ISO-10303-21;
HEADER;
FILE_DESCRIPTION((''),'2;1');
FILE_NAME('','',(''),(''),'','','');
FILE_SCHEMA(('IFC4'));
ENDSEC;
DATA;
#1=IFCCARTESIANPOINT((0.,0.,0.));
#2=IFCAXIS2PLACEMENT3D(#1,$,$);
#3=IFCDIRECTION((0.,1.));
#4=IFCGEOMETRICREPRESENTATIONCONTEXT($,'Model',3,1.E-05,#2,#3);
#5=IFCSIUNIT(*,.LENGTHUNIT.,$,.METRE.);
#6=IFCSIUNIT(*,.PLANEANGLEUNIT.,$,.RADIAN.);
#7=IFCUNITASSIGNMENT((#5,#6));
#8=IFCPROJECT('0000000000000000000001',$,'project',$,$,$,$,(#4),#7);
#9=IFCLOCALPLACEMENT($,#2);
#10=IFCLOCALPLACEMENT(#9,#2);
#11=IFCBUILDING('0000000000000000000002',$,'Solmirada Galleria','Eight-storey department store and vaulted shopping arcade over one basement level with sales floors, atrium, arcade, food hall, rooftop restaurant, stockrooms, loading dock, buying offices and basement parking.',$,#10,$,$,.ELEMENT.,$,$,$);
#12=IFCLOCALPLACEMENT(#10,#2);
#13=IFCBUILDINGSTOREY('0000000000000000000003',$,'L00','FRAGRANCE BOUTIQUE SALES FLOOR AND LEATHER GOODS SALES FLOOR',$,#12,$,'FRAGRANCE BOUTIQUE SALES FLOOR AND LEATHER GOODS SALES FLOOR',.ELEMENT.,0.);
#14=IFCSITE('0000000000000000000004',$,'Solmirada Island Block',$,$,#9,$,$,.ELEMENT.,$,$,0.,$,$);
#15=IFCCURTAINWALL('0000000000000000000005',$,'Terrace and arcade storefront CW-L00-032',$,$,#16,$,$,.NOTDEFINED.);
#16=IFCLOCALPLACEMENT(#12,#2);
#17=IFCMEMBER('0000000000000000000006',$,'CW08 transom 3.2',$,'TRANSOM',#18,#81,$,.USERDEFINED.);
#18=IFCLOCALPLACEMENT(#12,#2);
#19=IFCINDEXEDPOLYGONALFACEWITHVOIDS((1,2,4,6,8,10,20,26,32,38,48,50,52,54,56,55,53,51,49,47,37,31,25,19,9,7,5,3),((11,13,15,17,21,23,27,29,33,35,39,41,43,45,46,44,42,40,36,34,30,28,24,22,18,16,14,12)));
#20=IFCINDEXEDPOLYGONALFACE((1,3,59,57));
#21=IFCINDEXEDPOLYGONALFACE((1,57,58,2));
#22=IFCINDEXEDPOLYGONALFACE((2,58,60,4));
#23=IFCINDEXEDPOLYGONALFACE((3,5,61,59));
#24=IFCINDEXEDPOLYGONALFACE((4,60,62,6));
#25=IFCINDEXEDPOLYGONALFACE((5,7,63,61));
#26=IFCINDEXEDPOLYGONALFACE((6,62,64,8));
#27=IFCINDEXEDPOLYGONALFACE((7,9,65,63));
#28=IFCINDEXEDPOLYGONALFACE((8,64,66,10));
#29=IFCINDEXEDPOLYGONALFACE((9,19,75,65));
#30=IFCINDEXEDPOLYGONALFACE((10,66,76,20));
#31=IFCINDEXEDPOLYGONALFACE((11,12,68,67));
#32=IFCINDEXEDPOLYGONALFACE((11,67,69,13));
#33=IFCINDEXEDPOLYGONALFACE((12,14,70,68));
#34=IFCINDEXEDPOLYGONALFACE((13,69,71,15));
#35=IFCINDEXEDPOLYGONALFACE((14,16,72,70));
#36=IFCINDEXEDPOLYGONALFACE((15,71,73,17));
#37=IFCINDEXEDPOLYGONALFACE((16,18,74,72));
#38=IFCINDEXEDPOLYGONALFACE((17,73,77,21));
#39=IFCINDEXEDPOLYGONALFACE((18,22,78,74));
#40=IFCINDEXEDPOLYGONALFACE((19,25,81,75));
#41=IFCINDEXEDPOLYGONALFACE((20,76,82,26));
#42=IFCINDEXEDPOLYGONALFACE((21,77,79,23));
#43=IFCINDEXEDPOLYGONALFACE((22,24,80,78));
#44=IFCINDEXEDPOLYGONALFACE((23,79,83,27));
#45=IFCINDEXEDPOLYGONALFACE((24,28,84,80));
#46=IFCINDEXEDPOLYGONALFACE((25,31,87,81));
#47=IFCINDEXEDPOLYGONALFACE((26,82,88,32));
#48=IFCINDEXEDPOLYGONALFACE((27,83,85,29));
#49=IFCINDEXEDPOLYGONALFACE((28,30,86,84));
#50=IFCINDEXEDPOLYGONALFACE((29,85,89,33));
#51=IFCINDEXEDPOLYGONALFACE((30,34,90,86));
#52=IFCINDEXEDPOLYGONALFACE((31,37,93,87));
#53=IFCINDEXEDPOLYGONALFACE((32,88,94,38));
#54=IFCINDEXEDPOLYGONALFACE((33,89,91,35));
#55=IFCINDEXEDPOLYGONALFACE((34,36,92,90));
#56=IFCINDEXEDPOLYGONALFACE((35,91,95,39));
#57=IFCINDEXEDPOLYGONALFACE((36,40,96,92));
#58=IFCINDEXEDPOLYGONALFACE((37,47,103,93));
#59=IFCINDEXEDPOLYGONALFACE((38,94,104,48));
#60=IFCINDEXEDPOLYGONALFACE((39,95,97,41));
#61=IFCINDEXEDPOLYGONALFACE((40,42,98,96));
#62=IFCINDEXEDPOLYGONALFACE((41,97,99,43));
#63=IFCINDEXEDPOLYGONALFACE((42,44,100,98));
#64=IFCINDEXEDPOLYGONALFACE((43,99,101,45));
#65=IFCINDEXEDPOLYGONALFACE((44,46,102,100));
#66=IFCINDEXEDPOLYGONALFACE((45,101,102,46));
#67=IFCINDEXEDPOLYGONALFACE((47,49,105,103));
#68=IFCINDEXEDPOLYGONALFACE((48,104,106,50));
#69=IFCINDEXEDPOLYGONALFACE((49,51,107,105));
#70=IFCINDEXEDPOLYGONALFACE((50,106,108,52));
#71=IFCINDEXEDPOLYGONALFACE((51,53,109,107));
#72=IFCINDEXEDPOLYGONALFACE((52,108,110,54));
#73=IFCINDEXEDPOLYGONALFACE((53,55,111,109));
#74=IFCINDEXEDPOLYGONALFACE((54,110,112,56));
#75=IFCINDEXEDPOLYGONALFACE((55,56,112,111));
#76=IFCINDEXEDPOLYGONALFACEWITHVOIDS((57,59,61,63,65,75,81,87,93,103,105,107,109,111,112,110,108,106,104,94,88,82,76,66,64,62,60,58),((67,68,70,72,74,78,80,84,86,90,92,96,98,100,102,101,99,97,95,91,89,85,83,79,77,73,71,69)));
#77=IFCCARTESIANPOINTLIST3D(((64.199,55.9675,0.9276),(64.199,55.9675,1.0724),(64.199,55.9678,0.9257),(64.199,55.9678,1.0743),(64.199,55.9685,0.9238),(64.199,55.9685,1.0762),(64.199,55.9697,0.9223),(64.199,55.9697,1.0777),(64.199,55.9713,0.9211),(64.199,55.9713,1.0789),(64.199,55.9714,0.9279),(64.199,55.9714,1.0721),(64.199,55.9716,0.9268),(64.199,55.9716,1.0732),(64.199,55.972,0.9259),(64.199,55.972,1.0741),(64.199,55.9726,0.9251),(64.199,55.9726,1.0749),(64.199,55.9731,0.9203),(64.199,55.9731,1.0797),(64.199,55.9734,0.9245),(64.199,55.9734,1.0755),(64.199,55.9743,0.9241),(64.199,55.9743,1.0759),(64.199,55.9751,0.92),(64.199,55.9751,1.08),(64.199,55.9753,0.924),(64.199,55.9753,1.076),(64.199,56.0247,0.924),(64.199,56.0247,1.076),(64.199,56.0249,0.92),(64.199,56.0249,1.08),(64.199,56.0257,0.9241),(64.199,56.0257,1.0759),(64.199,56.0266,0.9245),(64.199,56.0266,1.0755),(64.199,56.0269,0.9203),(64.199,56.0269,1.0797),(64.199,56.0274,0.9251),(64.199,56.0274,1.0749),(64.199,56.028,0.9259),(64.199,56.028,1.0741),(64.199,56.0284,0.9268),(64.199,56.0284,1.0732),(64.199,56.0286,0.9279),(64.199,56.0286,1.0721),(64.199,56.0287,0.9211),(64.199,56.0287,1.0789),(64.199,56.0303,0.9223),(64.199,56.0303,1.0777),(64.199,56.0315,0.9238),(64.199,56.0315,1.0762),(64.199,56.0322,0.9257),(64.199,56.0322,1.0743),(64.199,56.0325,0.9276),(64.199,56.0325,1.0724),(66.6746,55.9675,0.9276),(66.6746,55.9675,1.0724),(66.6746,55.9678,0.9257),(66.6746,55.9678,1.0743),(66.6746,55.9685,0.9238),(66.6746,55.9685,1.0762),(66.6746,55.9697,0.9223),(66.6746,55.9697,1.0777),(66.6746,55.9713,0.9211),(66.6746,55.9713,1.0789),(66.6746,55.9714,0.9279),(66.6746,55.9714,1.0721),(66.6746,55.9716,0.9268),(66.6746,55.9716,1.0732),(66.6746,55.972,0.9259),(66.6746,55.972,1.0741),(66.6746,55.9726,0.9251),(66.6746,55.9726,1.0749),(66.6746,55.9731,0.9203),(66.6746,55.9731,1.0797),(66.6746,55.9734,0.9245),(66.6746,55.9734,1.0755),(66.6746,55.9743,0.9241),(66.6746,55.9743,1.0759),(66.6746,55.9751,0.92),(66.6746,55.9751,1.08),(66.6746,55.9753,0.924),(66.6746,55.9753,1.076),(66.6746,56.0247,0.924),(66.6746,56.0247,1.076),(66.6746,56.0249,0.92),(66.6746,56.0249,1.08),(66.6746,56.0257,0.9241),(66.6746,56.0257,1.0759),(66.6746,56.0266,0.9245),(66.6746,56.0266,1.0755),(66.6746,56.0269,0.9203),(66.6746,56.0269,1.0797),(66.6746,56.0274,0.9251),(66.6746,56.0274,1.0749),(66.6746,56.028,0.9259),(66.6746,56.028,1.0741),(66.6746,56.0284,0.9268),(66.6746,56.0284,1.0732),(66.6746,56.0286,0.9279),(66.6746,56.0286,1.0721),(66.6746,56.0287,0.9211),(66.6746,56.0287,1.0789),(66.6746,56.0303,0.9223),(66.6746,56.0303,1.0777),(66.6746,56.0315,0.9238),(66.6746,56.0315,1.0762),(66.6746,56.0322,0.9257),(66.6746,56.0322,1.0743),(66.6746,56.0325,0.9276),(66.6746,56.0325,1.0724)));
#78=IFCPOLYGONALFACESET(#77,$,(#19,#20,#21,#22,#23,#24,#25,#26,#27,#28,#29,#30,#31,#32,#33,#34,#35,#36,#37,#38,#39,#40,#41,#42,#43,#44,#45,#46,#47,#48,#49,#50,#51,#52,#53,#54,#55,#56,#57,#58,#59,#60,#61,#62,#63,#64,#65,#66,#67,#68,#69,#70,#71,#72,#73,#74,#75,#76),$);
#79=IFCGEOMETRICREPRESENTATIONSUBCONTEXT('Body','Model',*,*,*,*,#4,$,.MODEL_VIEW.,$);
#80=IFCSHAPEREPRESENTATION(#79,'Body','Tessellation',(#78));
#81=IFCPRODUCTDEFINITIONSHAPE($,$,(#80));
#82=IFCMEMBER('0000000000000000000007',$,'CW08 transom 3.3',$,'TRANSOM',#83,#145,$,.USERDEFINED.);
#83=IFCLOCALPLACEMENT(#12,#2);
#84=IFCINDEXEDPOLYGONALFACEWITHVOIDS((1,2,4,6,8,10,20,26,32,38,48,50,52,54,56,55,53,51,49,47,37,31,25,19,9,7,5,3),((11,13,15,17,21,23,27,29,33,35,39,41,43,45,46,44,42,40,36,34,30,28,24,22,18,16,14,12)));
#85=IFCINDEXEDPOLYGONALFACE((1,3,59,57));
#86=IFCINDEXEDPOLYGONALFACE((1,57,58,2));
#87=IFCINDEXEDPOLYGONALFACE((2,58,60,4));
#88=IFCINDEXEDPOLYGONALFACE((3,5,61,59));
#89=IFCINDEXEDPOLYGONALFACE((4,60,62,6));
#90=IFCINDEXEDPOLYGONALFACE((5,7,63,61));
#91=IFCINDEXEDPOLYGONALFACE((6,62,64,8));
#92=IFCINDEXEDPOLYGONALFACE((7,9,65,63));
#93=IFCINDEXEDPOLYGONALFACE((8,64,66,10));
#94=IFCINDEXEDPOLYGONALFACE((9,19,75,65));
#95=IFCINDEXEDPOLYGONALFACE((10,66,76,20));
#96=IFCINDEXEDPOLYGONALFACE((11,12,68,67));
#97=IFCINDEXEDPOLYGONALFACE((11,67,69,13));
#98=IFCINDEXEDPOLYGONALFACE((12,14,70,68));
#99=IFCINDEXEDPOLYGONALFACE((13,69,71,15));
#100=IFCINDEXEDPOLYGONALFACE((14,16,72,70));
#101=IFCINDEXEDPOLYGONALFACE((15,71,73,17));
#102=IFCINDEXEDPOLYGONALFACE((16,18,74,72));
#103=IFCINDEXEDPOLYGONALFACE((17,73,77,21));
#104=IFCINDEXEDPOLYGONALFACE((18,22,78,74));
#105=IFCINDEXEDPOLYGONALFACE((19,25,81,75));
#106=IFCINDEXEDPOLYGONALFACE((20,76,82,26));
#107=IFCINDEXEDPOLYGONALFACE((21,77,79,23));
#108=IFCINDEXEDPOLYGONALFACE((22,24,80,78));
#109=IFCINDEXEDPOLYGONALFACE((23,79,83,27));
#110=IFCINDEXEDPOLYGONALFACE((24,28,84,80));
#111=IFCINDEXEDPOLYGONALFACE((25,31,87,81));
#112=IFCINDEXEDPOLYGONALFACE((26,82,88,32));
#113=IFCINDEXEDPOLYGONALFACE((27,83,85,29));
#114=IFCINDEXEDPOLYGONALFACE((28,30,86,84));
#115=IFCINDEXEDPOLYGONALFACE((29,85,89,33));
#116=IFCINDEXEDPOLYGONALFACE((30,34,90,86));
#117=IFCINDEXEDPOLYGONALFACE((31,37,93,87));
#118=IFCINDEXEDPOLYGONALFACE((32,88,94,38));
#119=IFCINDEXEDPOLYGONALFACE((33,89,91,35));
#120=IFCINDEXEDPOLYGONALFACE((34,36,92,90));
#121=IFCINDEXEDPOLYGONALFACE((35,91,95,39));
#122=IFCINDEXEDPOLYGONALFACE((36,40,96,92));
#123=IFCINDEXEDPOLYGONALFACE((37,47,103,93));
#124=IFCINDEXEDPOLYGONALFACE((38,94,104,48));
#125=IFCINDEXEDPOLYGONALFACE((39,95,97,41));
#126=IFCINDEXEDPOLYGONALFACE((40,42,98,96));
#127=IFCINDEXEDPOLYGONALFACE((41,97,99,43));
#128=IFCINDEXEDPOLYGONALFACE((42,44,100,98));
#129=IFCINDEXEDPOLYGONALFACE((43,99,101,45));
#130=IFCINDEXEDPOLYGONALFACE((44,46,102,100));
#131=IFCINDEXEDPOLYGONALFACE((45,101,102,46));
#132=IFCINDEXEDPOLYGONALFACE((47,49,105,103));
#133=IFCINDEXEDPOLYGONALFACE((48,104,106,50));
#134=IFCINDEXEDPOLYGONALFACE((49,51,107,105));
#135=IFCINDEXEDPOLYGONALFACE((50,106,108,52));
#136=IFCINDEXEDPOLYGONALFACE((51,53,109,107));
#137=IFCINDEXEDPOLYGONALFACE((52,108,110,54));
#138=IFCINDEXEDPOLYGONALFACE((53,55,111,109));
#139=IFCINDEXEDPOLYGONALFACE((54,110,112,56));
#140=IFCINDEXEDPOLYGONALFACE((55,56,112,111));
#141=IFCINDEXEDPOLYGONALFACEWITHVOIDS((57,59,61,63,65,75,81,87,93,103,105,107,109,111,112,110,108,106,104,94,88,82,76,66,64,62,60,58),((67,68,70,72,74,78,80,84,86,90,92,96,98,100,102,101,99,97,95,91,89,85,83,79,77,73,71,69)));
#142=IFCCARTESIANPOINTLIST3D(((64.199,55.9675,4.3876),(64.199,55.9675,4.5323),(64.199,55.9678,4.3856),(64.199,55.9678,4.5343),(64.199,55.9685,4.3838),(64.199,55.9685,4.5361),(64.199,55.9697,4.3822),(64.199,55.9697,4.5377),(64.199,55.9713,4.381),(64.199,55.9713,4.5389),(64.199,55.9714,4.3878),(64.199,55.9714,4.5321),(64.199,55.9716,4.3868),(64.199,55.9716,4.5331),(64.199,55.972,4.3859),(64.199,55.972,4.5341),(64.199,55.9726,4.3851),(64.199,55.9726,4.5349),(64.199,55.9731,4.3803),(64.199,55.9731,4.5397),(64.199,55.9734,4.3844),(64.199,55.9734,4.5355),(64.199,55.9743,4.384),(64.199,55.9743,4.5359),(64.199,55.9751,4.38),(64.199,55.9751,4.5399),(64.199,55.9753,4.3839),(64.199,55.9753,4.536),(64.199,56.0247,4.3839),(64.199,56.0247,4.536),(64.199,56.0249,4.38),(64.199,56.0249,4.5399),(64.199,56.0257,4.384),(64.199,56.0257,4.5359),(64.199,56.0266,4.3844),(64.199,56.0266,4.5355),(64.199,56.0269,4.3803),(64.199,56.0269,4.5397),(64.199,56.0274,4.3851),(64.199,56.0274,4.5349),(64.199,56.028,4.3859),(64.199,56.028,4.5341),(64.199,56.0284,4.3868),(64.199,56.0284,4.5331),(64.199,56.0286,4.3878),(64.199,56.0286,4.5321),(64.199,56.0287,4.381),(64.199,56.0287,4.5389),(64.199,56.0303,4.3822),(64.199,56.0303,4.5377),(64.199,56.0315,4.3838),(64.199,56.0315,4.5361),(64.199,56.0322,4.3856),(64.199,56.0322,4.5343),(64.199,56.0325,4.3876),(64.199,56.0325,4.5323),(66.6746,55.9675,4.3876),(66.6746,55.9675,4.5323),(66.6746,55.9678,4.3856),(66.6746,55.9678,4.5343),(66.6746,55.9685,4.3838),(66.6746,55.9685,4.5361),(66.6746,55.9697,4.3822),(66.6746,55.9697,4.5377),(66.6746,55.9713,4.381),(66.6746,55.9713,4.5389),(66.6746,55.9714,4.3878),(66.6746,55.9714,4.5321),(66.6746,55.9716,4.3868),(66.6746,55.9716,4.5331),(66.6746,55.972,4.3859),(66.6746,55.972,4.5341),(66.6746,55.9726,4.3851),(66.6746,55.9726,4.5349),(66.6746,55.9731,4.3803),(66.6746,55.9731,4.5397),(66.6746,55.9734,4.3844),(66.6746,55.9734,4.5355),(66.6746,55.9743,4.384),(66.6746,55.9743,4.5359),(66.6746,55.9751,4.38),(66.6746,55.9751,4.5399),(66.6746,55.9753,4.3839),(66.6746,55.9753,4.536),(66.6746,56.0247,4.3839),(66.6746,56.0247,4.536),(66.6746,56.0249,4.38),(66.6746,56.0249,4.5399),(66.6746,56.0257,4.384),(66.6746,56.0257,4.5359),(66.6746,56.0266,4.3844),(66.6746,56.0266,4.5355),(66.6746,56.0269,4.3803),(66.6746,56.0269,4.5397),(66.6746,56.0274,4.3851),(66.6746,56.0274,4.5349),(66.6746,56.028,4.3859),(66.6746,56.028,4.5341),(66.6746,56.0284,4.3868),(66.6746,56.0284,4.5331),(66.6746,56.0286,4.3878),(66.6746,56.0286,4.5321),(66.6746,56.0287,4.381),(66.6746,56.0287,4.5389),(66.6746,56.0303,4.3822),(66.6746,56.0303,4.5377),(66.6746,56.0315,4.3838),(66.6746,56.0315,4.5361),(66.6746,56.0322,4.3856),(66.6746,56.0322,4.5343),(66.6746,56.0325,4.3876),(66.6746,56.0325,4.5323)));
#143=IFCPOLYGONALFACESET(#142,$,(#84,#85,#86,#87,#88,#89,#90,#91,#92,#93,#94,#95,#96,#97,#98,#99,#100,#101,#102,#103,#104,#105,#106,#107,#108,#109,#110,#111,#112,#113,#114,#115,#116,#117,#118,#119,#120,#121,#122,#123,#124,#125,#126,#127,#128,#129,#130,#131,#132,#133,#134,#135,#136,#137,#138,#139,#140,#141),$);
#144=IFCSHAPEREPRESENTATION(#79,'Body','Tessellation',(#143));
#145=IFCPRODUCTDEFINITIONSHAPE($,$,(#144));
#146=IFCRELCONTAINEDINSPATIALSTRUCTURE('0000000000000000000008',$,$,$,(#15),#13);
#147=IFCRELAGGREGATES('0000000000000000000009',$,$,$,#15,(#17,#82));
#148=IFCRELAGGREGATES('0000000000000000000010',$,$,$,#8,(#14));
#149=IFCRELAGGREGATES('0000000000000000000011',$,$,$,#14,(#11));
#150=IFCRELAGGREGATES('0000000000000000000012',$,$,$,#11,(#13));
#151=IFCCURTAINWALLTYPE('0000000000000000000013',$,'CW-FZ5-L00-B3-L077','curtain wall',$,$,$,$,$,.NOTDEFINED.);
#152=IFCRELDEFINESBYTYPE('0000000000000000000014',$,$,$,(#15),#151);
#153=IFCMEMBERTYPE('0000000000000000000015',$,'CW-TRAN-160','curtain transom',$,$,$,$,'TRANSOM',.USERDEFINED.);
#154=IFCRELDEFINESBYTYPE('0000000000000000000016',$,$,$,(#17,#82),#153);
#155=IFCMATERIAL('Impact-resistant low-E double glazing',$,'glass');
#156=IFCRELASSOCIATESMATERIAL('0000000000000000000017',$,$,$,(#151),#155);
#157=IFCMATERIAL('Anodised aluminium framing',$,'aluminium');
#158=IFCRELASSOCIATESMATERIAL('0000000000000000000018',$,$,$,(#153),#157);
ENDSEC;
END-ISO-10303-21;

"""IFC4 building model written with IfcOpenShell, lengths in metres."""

from ifc_helpers import new_model, si_unit, direction, frame, origin, origin_2d, place, context, subcontext, project, spatial, hollow_rectangle, extrude, material, material_profile, profile_set, type_object, element, aggregate, save


model = new_model("IFC4")

# Units and contexts
model_context = context("Model", 3, precision=1e-05, world=origin(), true_north=direction((0.0, 1.0)))
body_context = subcontext(model_context, "Body", "Model", "MODEL_VIEW")
ifc_project = project(units=[si_unit("LENGTHUNIT", "METRE"), si_unit("PLANEANGLEUNIT", "RADIAN")], contexts=[model_context])

# Site, building, storey
site_placement = place(None, origin())
site = spatial("IfcSite", under=ifc_project, at=site_placement, Name="Solmirada Island Block", CompositionType="ELEMENT", RefElevation=0.0)
building_placement = place(site_placement, origin())
building = spatial("IfcBuilding", under=site, at=building_placement, Name="Solmirada Galleria", Description="Eight-storey department store and vaulted shopping arcade over one basement level with sales floors, atrium, arcade, food hall, rooftop restaurant, stockrooms, loading dock, buying offices and basement parking.", CompositionType="ELEMENT")
storey_placement = place(building_placement, origin())
storey = spatial("IfcBuildingStorey", under=building, at=storey_placement, Name="L00", Description="FRAGRANCE BOUTIQUE SALES FLOOR AND LEATHER GOODS SALES FLOOR", LongName="FRAGRANCE BOUTIQUE SALES FLOOR AND LEATHER GOODS SALES FLOOR", CompositionType="ELEMENT", Elevation=0.0)

# Curtain wall
ifc_material_1 = material(Name="Impact-resistant low-E double glazing", Category="glass")
curtain_wall_type = type_object("IfcCurtainWallType", Name="CW-FZ5-L00-B3-L077", Description="curtain wall", PredefinedType="NOTDEFINED", material=ifc_material_1)
ifc_material_2 = material(Name="Anodised aluminium framing", Category="aluminium")
curtain_wall_1_placement = place(storey_placement, origin())
curtain_wall_1 = element("IfcCurtainWall", 1, at=curtain_wall_1_placement, inside=storey, type_object=curtain_wall_type, Name="Terrace and arcade storefront CW-L00-032", PredefinedType="NOTDEFINED")

# Members
ifc_material_profile_1 = material_profile(ifc_material_2, hollow_rectangle(XDim=0.0649, YDim=0.1599, WallThickness=0.0039, InnerFilletRadius=0.0039, OuterFilletRadius=0.0076, at=origin_2d()), Name="ALU-TRAN-160X65")
ifc_profile_set_1 = profile_set([ifc_material_profile_1], Name="Anodised aluminium framing")
member_type_1 = type_object("IfcMemberType", Name="CW-TRAN-160", Description="curtain transom", ElementType="TRANSOM", PredefinedType="USERDEFINED", material=ifc_profile_set_1)
member_1_placement = place(storey_placement, frame((66.6746, 56.0, 1.0), z_axis=(-1.0, 0.0, 0.0), x_axis=(0.0, -1.0, 0.0)))
member_1 = element("IfcMember", 2, at=member_1_placement, type_object=member_type_1, Name="CW08 transom 3.2", ObjectType="TRANSOM", PredefinedType="USERDEFINED", context=body_context, shape_type="SweptSolid", body=[
    extrude(hollow_rectangle(XDim=0.0649, YDim=0.1599, WallThickness=0.0039, InnerFilletRadius=0.0039, OuterFilletRadius=0.0076, at=origin_2d()), origin(), (0.0, 0.0, 1.0), 2.4756),
])
member_2_placement = place(storey_placement, frame((66.6746, 56.0, 4.46), z_axis=(-1.0, 0.0, 0.0), x_axis=(0.0, -1.0, 0.0)))
member_2 = element("IfcMember", 3, at=member_2_placement, type_object=member_type_1, Name="CW08 transom 3.3", ObjectType="TRANSOM", PredefinedType="USERDEFINED", context=body_context, shape_type="SweptSolid", body=[
    extrude(hollow_rectangle(XDim=0.0649, YDim=0.1599, WallThickness=0.0039, InnerFilletRadius=0.0039, OuterFilletRadius=0.0076, at=origin_2d()), origin(), (0.0, 0.0, 1.0), 2.4756),
])

aggregate(curtain_wall_1, [member_1, member_2])

save(model, "model.ifc")
